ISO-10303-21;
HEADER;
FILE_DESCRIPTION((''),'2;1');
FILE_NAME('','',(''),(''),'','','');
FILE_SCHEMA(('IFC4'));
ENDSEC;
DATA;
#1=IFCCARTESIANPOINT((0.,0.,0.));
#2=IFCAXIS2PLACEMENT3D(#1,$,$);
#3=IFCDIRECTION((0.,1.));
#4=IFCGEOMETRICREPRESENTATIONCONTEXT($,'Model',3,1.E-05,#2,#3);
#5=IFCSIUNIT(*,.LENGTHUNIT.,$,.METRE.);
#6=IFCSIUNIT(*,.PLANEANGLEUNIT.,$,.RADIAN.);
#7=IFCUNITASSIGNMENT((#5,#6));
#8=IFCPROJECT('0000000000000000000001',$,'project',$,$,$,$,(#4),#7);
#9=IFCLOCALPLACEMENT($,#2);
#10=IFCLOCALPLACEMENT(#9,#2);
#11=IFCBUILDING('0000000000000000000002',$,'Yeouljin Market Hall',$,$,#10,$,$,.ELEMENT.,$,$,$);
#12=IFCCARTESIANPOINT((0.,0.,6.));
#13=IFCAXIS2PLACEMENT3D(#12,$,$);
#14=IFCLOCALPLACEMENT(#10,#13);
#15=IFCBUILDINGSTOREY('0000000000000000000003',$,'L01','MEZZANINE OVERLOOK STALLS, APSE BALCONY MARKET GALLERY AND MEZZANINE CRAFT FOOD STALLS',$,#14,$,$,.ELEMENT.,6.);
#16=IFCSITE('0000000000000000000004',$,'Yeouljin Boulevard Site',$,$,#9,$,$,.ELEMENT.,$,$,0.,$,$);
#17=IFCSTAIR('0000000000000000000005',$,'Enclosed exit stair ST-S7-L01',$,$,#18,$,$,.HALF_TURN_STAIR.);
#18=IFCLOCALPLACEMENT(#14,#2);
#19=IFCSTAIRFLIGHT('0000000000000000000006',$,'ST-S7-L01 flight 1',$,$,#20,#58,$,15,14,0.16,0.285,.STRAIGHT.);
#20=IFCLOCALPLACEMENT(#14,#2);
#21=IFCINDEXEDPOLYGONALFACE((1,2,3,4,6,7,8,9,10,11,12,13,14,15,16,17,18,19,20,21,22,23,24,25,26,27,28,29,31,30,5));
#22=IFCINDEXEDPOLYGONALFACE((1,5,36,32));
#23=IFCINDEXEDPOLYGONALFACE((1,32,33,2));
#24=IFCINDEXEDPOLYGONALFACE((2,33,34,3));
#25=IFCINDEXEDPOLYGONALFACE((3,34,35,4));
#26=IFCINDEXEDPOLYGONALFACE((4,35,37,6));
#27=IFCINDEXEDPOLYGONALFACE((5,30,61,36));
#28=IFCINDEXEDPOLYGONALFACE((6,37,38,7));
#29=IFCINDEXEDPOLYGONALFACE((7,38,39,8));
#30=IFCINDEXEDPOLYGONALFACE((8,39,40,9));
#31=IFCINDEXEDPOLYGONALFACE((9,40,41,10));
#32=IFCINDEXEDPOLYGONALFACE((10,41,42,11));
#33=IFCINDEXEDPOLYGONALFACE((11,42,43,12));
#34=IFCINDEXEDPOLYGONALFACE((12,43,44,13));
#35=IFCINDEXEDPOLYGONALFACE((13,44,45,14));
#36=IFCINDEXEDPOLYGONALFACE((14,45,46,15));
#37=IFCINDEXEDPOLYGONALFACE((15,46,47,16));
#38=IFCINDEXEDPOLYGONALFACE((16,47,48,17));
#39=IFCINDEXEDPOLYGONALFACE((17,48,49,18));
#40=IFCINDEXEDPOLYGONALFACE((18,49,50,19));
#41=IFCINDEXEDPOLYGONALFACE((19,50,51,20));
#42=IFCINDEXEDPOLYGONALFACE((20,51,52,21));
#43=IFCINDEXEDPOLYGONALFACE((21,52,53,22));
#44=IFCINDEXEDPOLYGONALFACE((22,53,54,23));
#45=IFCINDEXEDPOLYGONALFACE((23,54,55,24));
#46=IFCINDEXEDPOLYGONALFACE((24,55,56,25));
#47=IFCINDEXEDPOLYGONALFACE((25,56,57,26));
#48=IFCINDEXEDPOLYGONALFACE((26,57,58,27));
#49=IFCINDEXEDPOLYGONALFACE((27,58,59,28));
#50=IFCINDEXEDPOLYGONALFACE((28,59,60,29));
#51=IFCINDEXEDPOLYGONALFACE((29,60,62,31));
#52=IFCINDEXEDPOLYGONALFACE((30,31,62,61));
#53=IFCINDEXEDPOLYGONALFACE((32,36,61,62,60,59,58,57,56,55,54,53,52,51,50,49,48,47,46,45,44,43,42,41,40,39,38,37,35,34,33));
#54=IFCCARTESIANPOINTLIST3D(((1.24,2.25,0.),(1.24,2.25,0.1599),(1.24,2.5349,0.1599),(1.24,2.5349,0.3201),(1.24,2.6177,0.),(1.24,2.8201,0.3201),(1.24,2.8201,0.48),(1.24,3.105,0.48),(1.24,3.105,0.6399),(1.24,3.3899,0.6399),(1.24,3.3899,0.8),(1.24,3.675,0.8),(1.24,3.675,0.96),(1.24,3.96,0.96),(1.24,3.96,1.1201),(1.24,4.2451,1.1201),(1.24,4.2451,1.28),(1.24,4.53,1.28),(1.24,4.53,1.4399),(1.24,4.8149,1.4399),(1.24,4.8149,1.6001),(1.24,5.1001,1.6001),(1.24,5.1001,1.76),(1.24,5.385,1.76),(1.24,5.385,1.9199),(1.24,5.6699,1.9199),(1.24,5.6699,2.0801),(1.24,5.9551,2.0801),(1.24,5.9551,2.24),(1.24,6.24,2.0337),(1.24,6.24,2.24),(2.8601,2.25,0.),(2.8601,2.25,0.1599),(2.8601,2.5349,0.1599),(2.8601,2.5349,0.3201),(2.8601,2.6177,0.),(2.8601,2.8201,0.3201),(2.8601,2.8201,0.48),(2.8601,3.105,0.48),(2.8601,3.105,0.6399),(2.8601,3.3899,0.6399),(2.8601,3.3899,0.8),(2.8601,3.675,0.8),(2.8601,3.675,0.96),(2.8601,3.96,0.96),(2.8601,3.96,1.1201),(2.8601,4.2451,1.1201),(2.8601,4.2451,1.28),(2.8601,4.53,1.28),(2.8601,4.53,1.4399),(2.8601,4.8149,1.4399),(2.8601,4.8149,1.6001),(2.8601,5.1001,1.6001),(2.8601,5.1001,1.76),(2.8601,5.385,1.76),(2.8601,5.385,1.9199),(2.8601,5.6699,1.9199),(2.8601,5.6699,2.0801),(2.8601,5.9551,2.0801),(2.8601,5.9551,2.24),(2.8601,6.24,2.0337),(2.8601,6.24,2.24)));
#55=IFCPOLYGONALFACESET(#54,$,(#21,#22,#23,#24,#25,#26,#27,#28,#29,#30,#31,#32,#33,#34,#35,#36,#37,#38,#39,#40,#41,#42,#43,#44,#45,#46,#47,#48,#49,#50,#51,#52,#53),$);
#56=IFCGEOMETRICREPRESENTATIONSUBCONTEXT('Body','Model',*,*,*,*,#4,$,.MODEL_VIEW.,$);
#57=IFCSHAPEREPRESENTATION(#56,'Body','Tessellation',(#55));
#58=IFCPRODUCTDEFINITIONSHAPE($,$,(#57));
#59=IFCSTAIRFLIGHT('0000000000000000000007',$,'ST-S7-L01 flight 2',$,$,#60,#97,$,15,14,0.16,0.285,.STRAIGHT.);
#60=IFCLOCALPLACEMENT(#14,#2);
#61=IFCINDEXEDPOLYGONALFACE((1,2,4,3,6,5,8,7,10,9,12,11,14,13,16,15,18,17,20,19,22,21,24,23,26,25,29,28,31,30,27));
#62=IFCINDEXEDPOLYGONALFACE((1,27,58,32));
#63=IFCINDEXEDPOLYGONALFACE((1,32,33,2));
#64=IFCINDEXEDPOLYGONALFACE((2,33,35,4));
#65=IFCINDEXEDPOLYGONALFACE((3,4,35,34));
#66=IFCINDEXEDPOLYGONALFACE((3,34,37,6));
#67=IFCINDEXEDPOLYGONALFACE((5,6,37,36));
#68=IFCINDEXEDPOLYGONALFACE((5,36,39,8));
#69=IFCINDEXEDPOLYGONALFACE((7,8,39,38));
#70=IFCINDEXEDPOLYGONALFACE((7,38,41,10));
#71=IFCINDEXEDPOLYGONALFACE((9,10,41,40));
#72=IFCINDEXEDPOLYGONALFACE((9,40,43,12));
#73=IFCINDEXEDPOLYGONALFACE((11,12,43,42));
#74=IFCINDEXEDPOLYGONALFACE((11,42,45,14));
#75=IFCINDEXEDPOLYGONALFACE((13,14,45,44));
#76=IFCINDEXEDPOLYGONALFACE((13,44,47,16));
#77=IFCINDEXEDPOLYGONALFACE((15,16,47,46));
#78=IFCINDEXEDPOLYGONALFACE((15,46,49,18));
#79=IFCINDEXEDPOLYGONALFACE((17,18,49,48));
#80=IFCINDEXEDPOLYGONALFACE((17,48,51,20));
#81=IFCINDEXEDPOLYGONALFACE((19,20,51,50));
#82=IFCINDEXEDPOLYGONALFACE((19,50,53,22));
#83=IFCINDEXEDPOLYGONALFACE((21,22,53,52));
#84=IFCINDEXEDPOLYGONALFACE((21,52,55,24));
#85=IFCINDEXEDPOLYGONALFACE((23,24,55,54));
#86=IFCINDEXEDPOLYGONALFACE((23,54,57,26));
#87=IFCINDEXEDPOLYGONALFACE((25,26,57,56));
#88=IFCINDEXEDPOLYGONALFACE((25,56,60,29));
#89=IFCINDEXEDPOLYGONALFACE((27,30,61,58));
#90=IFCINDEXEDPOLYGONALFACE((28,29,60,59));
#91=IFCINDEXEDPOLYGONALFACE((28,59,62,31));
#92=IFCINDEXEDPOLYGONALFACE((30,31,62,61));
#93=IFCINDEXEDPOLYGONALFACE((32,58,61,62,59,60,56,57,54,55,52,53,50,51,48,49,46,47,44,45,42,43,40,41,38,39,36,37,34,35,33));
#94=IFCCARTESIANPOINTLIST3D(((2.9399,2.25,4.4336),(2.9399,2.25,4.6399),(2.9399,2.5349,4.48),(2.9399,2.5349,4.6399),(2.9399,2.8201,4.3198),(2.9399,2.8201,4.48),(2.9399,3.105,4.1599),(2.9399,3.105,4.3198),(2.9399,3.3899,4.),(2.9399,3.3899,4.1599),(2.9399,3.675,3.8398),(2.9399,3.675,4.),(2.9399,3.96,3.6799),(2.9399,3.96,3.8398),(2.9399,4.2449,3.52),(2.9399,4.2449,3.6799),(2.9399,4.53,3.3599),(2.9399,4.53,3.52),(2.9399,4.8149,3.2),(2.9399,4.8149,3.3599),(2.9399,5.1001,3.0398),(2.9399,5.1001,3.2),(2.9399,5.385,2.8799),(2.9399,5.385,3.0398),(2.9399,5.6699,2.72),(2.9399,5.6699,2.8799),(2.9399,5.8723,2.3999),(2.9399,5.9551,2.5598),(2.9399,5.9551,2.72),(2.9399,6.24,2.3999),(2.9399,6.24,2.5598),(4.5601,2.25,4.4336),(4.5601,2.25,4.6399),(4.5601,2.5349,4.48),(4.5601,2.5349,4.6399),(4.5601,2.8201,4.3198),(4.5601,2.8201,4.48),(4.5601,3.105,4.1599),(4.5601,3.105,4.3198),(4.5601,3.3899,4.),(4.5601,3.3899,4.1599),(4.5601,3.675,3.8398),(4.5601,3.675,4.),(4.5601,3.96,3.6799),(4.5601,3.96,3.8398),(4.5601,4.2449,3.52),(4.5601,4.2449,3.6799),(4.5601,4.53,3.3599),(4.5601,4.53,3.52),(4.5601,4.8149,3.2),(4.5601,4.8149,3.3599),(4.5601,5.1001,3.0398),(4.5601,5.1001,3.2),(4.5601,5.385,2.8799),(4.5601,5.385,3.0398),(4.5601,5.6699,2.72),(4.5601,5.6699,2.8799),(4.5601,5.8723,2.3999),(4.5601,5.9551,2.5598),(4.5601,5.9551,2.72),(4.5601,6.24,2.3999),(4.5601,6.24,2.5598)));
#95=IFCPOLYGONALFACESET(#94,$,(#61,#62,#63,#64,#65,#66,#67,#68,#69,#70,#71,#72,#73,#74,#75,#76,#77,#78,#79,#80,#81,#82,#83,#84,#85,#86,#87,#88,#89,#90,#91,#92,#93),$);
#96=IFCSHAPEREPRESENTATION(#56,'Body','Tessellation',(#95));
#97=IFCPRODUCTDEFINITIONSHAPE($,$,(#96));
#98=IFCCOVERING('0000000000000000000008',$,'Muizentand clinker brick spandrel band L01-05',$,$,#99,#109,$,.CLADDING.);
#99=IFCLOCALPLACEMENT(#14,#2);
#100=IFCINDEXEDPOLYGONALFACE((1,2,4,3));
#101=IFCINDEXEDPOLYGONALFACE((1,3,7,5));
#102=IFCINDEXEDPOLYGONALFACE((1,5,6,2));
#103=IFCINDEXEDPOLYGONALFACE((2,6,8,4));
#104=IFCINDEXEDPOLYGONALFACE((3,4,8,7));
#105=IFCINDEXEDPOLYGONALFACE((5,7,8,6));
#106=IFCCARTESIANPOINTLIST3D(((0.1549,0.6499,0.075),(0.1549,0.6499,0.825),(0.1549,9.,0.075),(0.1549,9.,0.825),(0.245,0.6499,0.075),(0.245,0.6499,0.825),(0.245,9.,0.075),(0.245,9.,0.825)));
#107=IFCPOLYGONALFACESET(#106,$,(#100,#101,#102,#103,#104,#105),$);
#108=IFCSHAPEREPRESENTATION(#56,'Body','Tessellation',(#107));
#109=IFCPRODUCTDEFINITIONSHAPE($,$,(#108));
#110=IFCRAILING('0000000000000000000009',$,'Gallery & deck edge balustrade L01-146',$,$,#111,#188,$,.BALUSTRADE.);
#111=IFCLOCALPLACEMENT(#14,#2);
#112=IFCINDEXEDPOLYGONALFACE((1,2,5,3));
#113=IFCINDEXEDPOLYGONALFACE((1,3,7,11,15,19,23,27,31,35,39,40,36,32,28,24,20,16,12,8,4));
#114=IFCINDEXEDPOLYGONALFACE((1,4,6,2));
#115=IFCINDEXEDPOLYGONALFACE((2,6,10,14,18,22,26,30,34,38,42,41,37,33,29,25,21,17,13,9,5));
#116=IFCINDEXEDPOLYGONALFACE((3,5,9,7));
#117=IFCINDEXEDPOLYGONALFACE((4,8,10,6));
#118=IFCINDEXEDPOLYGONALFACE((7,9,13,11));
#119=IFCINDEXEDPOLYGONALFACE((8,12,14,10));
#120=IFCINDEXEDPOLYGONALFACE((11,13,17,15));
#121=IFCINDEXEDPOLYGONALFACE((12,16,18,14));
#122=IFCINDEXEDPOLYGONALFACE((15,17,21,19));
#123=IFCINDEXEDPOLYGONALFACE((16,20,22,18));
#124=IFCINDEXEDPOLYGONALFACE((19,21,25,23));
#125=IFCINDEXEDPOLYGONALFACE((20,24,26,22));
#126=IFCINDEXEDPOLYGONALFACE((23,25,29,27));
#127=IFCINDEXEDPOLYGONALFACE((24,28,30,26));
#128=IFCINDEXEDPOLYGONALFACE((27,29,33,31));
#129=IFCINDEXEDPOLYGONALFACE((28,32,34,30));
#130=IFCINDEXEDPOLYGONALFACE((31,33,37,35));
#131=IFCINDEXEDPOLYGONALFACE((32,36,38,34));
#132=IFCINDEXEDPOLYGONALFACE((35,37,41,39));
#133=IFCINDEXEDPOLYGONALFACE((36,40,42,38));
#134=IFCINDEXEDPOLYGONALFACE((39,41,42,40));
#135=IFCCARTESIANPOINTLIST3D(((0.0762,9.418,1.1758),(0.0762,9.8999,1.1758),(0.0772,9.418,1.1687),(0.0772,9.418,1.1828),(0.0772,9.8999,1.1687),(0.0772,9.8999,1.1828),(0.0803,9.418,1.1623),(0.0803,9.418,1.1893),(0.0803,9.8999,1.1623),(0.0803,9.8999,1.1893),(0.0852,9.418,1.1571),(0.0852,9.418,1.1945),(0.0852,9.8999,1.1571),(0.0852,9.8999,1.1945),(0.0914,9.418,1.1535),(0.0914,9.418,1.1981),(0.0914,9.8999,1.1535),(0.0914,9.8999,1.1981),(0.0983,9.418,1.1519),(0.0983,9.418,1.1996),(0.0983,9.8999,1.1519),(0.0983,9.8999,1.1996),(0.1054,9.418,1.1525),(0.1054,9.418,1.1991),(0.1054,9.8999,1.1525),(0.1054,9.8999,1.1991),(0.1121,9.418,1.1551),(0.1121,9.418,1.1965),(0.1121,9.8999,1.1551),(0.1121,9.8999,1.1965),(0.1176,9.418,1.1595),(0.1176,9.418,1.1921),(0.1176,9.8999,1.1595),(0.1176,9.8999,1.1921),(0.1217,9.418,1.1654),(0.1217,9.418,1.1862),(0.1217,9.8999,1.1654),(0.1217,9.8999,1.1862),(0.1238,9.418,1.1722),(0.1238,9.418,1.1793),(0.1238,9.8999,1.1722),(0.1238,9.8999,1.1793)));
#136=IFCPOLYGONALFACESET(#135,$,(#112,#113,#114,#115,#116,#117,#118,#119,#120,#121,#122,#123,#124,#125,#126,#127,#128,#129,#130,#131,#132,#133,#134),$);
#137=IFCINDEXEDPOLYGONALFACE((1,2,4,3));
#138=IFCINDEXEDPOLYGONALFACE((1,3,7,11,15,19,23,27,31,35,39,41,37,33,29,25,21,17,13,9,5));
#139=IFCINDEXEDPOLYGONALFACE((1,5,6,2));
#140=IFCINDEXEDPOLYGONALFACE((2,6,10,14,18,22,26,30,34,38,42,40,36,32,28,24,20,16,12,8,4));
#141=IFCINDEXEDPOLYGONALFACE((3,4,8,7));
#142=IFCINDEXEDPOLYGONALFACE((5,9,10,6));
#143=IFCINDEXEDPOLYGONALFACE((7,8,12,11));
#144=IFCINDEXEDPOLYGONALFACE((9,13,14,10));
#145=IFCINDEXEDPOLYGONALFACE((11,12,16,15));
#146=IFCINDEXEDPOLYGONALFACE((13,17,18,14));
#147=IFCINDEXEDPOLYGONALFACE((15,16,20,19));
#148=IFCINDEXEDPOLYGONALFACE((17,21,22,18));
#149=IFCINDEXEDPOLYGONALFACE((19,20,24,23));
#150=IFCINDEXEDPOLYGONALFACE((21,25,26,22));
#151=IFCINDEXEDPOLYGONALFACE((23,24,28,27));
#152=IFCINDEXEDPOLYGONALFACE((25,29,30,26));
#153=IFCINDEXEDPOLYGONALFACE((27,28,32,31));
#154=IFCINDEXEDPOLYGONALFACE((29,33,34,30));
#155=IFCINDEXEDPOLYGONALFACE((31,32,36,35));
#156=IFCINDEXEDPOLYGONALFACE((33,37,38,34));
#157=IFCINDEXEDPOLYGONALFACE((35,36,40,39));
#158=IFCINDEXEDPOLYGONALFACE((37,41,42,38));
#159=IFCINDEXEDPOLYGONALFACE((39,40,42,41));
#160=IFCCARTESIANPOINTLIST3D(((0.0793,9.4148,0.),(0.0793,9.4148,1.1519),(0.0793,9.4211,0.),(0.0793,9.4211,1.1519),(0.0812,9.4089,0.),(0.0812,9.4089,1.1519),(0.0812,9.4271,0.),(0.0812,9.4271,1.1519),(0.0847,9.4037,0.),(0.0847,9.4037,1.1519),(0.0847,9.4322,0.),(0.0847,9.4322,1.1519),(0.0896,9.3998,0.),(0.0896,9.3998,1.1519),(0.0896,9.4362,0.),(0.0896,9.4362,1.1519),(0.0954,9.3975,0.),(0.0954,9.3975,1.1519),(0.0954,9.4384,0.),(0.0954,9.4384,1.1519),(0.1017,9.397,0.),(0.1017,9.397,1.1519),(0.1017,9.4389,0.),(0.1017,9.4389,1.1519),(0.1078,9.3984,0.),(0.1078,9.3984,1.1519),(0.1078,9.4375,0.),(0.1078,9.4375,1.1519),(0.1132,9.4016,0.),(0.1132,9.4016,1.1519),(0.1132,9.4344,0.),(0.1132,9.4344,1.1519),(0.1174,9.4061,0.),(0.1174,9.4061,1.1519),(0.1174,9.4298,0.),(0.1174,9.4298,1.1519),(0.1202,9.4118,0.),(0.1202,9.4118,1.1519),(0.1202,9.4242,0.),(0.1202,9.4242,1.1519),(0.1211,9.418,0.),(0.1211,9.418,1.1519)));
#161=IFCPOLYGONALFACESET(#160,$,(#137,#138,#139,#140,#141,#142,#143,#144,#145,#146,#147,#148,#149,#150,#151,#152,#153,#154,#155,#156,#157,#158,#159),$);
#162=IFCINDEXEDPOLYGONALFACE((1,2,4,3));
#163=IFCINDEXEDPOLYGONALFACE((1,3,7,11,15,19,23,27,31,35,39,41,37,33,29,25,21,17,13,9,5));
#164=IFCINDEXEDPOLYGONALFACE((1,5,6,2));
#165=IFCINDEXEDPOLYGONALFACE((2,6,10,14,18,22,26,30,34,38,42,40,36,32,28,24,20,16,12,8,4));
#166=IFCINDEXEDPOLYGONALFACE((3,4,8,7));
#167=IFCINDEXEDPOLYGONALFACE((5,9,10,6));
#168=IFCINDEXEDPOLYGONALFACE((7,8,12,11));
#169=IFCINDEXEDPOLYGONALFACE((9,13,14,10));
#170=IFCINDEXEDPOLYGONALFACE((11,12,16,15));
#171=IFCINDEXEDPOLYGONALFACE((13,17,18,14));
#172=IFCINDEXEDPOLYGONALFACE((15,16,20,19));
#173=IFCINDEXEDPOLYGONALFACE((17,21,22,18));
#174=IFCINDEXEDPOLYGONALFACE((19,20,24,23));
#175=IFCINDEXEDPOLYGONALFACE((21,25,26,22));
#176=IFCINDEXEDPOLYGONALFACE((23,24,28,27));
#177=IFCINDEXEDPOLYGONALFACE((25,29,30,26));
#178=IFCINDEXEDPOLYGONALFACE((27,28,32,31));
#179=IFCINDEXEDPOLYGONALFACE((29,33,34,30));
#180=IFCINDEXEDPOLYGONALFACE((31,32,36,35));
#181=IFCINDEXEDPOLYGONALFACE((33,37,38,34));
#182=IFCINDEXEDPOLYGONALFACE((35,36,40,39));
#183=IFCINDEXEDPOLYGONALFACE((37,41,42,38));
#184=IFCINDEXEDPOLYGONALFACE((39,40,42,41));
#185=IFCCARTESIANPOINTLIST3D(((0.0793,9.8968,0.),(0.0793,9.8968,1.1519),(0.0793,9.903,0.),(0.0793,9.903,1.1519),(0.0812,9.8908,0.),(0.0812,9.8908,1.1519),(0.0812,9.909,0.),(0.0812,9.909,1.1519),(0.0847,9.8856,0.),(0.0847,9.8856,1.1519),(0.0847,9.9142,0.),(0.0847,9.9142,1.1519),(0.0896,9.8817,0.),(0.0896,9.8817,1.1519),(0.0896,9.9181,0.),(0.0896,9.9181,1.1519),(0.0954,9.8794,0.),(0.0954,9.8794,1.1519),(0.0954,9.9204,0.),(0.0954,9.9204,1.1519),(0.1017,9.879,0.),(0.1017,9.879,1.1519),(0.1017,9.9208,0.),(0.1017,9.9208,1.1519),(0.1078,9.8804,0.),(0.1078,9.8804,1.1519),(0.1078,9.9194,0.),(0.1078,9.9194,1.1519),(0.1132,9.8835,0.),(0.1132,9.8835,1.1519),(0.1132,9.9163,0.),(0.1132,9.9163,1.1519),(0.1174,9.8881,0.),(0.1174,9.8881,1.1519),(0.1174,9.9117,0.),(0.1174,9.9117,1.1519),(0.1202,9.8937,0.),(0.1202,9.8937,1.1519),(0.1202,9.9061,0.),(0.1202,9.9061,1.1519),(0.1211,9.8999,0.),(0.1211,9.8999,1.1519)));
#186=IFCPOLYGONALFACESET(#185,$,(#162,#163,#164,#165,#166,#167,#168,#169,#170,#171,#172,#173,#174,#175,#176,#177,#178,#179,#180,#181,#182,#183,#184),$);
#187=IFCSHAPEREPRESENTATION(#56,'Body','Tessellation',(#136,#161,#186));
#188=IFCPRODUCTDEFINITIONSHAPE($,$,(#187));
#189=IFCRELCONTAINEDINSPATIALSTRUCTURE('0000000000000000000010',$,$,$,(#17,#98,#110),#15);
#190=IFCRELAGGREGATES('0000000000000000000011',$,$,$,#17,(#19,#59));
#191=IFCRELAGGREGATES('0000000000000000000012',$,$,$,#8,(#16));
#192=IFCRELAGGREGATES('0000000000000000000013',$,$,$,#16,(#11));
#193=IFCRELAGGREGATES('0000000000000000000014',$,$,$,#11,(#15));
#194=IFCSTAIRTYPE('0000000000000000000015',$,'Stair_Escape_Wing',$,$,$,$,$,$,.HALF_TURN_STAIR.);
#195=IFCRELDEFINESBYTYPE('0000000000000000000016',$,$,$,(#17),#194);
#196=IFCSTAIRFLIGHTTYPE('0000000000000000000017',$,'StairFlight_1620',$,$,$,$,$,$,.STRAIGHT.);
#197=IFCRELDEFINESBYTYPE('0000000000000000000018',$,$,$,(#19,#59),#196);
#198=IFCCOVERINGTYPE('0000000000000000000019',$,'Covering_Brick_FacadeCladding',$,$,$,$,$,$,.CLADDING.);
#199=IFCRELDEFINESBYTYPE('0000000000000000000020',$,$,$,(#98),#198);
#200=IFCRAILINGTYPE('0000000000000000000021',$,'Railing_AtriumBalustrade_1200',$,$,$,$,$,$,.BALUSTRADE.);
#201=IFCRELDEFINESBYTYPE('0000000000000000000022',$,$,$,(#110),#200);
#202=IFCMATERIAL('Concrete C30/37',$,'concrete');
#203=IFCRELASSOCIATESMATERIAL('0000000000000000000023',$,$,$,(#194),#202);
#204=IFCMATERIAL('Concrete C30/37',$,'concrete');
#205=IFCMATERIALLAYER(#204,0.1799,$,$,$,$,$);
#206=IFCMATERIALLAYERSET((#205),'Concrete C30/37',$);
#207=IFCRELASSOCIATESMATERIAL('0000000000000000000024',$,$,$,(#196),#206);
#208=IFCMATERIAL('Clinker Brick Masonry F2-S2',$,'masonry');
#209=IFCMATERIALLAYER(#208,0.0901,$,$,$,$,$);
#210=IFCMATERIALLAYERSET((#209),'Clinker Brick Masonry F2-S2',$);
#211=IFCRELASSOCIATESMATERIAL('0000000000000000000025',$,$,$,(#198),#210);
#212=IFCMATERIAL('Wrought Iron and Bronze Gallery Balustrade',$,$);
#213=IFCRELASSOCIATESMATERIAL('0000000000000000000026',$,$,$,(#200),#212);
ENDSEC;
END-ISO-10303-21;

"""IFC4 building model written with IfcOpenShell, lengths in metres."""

from ifc_helpers import new_model, si_unit, direction, frame, origin, origin_2d, place, context, subcontext, project, spatial, polyline, rectangle, circle, outline, extrude, material, layer, layer_set, type_object, element, aggregate, save


model = new_model("IFC4")

# Units and contexts
model_context = context("Model", 3, precision=1e-05, world=origin(), true_north=direction((0.0, 1.0)))
body_context = subcontext(model_context, "Body", "Model", "MODEL_VIEW")
ifc_project = project(units=[si_unit("LENGTHUNIT", "METRE"), si_unit("PLANEANGLEUNIT", "RADIAN")], contexts=[model_context])

# Site, building, storey
site_placement = place(None, origin())
site = spatial("IfcSite", under=ifc_project, at=site_placement, Name="Yeouljin Boulevard Site", CompositionType="ELEMENT", RefElevation=0.0)
building_placement = place(site_placement, origin())
building = spatial("IfcBuilding", under=site, at=building_placement, Name="Yeouljin Market Hall", CompositionType="ELEMENT")
storey_placement = place(building_placement, frame((0.0, 0.0, 6.0)))
storey = spatial("IfcBuildingStorey", under=building, at=storey_placement, Name="L01", Description="MEZZANINE OVERLOOK STALLS, APSE BALCONY MARKET GALLERY AND MEZZANINE CRAFT FOOD STALLS", CompositionType="ELEMENT", Elevation=6.0)

# Stair, stair flights
ifc_material_1 = material(Name="Concrete C30/37", Category="concrete")
stair_type = type_object("IfcStairType", Name="Stair_Escape_Wing", PredefinedType="HALF_TURN_STAIR", material=ifc_material_1)
stair_placement = place(storey_placement, origin())
stair = element("IfcStair", 1, at=stair_placement, inside=storey, type_object=stair_type, Name="Enclosed exit stair ST-S7-L01", PredefinedType="HALF_TURN_STAIR")
ifc_material_2 = material(Name="Concrete C30/37", Category="concrete")
ifc_layer_1 = layer(ifc_material_2, 0.1799)
ifc_layer_set_1 = layer_set([ifc_layer_1], Name="Concrete C30/37")
stair_flight_type = type_object("IfcStairFlightType", Name="StairFlight_1620", PredefinedType="STRAIGHT", material=ifc_layer_set_1)
stair_flight_1_placement = place(storey_placement, frame((2.05, 2.25, 0.0), z_axis=(0.0, 0.0, 1.0), x_axis=(0.0, 1.0, 0.0)))
stair_flight_1 = element("IfcStairFlight", 2, at=stair_flight_1_placement, type_object=stair_flight_type, Name="ST-S7-L01 flight 1", NumberOfRisers=15, NumberOfTreads=14, PredefinedType="STRAIGHT", RiserHeight=0.16, TreadLength=0.285, context=body_context, shape_type="SweptSolid", body=[
    extrude(outline(polyline([(0.0, 0.0), (0.0, 0.1599), (0.2849, 0.1599), (0.2849, 0.3201), (0.5701, 0.3201), (0.5701, 0.48), (0.855, 0.48), (0.855, 0.6399), (1.1399, 0.6399), (1.1399, 0.8), (1.425, 0.8), (1.425, 0.96), (1.71, 0.96), (1.71, 1.1201), (1.9951, 1.1201), (1.9951, 1.28), (2.28, 1.28), (2.28, 1.4399), (2.5649, 1.4399), (2.5649, 1.6001), (2.8501, 1.6001), (2.8501, 1.76), (3.135, 1.76), (3.135, 1.9199), (3.4199, 1.9199), (3.4199, 2.0801), (3.7051, 2.0801), (3.7051, 2.24), (3.99, 2.24), (3.99, 2.3999), (3.99, 2.0337), (0.3677, 0.0), (0.0, 0.0)])), frame((0.0, 0.8101, 0.0), z_axis=(0.0, -1.0, 0.0), x_axis=(1.0, 0.0, 0.0)), (0.0, 0.0, 1.0), 1.6201),
])
stair_flight_2_placement = place(storey_placement, frame((3.75, 6.24, 2.3999), z_axis=(0.0, 0.0, 1.0), x_axis=(0.0, -1.0, 0.0)))
stair_flight_2 = element("IfcStairFlight", 3, at=stair_flight_2_placement, type_object=stair_flight_type, Name="ST-S7-L01 flight 2", NumberOfRisers=15, NumberOfTreads=14, PredefinedType="STRAIGHT", RiserHeight=0.16, TreadLength=0.285, context=body_context, shape_type="SweptSolid", body=[
    extrude(outline(polyline([(0.0, 0.0), (0.0, 0.1599), (0.2849, 0.1599), (0.2849, 0.3201), (0.5701, 0.3201), (0.5701, 0.48), (0.855, 0.48), (0.855, 0.6399), (1.1399, 0.6399), (1.1399, 0.8), (1.425, 0.8), (1.425, 0.96), (1.71, 0.96), (1.71, 1.1201), (1.9951, 1.1201), (1.9951, 1.28), (2.28, 1.28), (2.28, 1.4399), (2.5649, 1.4399), (2.5649, 1.6001), (2.8501, 1.6001), (2.8501, 1.76), (3.135, 1.76), (3.135, 1.9199), (3.4199, 1.9199), (3.4199, 2.0801), (3.7051, 2.0801), (3.7051, 2.24), (3.99, 2.24), (3.99, 2.3999), (3.99, 2.0337), (0.3677, 0.0), (0.0, 0.0)])), frame((0.0, 0.8101, 0.0), z_axis=(0.0, -1.0, 0.0), x_axis=(1.0, 0.0, 0.0)), (0.0, 0.0, 1.0), 1.6201),
])
aggregate(stair, [stair_flight_1, stair_flight_2])

# Covering
ifc_material_3 = material(Name="Clinker Brick Masonry F2-S2", Category="masonry")
ifc_layer_2 = layer(ifc_material_3, 0.0901)
ifc_layer_set_2 = layer_set([ifc_layer_2], Name="Clinker Brick Masonry F2-S2")
covering_type = type_object("IfcCoveringType", Name="Covering_Brick_FacadeCladding", PredefinedType="CLADDING", material=ifc_layer_set_2)
covering_placement = place(storey_placement, frame((0.2, 4.825, 0.075), z_axis=(0.0, 0.0, 1.0), x_axis=(0.0, 1.0, 0.0)))
element("IfcCovering", 4, at=covering_placement, inside=storey, type_object=covering_type, Name="Muizentand clinker brick spandrel band L01-05", PredefinedType="CLADDING", context=body_context, shape_type="SweptSolid", body=[
    extrude(rectangle(XDim=8.3501, YDim=0.0901, at=origin_2d()), origin(), (0.0, 0.0, 1.0), 0.75),
])

# Railing
ifc_material_4 = material(Name="Wrought Iron and Bronze Gallery Balustrade")
railing_type_1 = type_object("IfcRailingType", Name="Railing_AtriumBalustrade_1200", PredefinedType="BALUSTRADE", material=ifc_material_4)
railing_1_placement = place(storey_placement, frame((0.1001, 9.418, 0.0)))
element("IfcRailing", 5, at=railing_1_placement, inside=storey, type_object=railing_type_1, Name="Gallery & deck edge balustrade L01-146", PredefinedType="BALUSTRADE", context=body_context, shape_type="SweptSolid", body=[
    extrude(circle(Radius=0.0239, at=origin_2d()), frame((0.0, 0.0, 1.1758), z_axis=(0.0, 1.0, 0.0), x_axis=(-1.0, 0.0, 0.0)), (0.0, 0.0, 1.0), 0.4819),
    extrude(circle(Radius=0.021, at=origin_2d()), origin(), (0.0, 0.0, 1.0), 1.1519),
    extrude(circle(Radius=0.021, at=origin_2d()), frame((0.0, 0.4819, 0.0)), (0.0, 0.0, 1.0), 1.1519),
])

save(model, "model.ifc")
